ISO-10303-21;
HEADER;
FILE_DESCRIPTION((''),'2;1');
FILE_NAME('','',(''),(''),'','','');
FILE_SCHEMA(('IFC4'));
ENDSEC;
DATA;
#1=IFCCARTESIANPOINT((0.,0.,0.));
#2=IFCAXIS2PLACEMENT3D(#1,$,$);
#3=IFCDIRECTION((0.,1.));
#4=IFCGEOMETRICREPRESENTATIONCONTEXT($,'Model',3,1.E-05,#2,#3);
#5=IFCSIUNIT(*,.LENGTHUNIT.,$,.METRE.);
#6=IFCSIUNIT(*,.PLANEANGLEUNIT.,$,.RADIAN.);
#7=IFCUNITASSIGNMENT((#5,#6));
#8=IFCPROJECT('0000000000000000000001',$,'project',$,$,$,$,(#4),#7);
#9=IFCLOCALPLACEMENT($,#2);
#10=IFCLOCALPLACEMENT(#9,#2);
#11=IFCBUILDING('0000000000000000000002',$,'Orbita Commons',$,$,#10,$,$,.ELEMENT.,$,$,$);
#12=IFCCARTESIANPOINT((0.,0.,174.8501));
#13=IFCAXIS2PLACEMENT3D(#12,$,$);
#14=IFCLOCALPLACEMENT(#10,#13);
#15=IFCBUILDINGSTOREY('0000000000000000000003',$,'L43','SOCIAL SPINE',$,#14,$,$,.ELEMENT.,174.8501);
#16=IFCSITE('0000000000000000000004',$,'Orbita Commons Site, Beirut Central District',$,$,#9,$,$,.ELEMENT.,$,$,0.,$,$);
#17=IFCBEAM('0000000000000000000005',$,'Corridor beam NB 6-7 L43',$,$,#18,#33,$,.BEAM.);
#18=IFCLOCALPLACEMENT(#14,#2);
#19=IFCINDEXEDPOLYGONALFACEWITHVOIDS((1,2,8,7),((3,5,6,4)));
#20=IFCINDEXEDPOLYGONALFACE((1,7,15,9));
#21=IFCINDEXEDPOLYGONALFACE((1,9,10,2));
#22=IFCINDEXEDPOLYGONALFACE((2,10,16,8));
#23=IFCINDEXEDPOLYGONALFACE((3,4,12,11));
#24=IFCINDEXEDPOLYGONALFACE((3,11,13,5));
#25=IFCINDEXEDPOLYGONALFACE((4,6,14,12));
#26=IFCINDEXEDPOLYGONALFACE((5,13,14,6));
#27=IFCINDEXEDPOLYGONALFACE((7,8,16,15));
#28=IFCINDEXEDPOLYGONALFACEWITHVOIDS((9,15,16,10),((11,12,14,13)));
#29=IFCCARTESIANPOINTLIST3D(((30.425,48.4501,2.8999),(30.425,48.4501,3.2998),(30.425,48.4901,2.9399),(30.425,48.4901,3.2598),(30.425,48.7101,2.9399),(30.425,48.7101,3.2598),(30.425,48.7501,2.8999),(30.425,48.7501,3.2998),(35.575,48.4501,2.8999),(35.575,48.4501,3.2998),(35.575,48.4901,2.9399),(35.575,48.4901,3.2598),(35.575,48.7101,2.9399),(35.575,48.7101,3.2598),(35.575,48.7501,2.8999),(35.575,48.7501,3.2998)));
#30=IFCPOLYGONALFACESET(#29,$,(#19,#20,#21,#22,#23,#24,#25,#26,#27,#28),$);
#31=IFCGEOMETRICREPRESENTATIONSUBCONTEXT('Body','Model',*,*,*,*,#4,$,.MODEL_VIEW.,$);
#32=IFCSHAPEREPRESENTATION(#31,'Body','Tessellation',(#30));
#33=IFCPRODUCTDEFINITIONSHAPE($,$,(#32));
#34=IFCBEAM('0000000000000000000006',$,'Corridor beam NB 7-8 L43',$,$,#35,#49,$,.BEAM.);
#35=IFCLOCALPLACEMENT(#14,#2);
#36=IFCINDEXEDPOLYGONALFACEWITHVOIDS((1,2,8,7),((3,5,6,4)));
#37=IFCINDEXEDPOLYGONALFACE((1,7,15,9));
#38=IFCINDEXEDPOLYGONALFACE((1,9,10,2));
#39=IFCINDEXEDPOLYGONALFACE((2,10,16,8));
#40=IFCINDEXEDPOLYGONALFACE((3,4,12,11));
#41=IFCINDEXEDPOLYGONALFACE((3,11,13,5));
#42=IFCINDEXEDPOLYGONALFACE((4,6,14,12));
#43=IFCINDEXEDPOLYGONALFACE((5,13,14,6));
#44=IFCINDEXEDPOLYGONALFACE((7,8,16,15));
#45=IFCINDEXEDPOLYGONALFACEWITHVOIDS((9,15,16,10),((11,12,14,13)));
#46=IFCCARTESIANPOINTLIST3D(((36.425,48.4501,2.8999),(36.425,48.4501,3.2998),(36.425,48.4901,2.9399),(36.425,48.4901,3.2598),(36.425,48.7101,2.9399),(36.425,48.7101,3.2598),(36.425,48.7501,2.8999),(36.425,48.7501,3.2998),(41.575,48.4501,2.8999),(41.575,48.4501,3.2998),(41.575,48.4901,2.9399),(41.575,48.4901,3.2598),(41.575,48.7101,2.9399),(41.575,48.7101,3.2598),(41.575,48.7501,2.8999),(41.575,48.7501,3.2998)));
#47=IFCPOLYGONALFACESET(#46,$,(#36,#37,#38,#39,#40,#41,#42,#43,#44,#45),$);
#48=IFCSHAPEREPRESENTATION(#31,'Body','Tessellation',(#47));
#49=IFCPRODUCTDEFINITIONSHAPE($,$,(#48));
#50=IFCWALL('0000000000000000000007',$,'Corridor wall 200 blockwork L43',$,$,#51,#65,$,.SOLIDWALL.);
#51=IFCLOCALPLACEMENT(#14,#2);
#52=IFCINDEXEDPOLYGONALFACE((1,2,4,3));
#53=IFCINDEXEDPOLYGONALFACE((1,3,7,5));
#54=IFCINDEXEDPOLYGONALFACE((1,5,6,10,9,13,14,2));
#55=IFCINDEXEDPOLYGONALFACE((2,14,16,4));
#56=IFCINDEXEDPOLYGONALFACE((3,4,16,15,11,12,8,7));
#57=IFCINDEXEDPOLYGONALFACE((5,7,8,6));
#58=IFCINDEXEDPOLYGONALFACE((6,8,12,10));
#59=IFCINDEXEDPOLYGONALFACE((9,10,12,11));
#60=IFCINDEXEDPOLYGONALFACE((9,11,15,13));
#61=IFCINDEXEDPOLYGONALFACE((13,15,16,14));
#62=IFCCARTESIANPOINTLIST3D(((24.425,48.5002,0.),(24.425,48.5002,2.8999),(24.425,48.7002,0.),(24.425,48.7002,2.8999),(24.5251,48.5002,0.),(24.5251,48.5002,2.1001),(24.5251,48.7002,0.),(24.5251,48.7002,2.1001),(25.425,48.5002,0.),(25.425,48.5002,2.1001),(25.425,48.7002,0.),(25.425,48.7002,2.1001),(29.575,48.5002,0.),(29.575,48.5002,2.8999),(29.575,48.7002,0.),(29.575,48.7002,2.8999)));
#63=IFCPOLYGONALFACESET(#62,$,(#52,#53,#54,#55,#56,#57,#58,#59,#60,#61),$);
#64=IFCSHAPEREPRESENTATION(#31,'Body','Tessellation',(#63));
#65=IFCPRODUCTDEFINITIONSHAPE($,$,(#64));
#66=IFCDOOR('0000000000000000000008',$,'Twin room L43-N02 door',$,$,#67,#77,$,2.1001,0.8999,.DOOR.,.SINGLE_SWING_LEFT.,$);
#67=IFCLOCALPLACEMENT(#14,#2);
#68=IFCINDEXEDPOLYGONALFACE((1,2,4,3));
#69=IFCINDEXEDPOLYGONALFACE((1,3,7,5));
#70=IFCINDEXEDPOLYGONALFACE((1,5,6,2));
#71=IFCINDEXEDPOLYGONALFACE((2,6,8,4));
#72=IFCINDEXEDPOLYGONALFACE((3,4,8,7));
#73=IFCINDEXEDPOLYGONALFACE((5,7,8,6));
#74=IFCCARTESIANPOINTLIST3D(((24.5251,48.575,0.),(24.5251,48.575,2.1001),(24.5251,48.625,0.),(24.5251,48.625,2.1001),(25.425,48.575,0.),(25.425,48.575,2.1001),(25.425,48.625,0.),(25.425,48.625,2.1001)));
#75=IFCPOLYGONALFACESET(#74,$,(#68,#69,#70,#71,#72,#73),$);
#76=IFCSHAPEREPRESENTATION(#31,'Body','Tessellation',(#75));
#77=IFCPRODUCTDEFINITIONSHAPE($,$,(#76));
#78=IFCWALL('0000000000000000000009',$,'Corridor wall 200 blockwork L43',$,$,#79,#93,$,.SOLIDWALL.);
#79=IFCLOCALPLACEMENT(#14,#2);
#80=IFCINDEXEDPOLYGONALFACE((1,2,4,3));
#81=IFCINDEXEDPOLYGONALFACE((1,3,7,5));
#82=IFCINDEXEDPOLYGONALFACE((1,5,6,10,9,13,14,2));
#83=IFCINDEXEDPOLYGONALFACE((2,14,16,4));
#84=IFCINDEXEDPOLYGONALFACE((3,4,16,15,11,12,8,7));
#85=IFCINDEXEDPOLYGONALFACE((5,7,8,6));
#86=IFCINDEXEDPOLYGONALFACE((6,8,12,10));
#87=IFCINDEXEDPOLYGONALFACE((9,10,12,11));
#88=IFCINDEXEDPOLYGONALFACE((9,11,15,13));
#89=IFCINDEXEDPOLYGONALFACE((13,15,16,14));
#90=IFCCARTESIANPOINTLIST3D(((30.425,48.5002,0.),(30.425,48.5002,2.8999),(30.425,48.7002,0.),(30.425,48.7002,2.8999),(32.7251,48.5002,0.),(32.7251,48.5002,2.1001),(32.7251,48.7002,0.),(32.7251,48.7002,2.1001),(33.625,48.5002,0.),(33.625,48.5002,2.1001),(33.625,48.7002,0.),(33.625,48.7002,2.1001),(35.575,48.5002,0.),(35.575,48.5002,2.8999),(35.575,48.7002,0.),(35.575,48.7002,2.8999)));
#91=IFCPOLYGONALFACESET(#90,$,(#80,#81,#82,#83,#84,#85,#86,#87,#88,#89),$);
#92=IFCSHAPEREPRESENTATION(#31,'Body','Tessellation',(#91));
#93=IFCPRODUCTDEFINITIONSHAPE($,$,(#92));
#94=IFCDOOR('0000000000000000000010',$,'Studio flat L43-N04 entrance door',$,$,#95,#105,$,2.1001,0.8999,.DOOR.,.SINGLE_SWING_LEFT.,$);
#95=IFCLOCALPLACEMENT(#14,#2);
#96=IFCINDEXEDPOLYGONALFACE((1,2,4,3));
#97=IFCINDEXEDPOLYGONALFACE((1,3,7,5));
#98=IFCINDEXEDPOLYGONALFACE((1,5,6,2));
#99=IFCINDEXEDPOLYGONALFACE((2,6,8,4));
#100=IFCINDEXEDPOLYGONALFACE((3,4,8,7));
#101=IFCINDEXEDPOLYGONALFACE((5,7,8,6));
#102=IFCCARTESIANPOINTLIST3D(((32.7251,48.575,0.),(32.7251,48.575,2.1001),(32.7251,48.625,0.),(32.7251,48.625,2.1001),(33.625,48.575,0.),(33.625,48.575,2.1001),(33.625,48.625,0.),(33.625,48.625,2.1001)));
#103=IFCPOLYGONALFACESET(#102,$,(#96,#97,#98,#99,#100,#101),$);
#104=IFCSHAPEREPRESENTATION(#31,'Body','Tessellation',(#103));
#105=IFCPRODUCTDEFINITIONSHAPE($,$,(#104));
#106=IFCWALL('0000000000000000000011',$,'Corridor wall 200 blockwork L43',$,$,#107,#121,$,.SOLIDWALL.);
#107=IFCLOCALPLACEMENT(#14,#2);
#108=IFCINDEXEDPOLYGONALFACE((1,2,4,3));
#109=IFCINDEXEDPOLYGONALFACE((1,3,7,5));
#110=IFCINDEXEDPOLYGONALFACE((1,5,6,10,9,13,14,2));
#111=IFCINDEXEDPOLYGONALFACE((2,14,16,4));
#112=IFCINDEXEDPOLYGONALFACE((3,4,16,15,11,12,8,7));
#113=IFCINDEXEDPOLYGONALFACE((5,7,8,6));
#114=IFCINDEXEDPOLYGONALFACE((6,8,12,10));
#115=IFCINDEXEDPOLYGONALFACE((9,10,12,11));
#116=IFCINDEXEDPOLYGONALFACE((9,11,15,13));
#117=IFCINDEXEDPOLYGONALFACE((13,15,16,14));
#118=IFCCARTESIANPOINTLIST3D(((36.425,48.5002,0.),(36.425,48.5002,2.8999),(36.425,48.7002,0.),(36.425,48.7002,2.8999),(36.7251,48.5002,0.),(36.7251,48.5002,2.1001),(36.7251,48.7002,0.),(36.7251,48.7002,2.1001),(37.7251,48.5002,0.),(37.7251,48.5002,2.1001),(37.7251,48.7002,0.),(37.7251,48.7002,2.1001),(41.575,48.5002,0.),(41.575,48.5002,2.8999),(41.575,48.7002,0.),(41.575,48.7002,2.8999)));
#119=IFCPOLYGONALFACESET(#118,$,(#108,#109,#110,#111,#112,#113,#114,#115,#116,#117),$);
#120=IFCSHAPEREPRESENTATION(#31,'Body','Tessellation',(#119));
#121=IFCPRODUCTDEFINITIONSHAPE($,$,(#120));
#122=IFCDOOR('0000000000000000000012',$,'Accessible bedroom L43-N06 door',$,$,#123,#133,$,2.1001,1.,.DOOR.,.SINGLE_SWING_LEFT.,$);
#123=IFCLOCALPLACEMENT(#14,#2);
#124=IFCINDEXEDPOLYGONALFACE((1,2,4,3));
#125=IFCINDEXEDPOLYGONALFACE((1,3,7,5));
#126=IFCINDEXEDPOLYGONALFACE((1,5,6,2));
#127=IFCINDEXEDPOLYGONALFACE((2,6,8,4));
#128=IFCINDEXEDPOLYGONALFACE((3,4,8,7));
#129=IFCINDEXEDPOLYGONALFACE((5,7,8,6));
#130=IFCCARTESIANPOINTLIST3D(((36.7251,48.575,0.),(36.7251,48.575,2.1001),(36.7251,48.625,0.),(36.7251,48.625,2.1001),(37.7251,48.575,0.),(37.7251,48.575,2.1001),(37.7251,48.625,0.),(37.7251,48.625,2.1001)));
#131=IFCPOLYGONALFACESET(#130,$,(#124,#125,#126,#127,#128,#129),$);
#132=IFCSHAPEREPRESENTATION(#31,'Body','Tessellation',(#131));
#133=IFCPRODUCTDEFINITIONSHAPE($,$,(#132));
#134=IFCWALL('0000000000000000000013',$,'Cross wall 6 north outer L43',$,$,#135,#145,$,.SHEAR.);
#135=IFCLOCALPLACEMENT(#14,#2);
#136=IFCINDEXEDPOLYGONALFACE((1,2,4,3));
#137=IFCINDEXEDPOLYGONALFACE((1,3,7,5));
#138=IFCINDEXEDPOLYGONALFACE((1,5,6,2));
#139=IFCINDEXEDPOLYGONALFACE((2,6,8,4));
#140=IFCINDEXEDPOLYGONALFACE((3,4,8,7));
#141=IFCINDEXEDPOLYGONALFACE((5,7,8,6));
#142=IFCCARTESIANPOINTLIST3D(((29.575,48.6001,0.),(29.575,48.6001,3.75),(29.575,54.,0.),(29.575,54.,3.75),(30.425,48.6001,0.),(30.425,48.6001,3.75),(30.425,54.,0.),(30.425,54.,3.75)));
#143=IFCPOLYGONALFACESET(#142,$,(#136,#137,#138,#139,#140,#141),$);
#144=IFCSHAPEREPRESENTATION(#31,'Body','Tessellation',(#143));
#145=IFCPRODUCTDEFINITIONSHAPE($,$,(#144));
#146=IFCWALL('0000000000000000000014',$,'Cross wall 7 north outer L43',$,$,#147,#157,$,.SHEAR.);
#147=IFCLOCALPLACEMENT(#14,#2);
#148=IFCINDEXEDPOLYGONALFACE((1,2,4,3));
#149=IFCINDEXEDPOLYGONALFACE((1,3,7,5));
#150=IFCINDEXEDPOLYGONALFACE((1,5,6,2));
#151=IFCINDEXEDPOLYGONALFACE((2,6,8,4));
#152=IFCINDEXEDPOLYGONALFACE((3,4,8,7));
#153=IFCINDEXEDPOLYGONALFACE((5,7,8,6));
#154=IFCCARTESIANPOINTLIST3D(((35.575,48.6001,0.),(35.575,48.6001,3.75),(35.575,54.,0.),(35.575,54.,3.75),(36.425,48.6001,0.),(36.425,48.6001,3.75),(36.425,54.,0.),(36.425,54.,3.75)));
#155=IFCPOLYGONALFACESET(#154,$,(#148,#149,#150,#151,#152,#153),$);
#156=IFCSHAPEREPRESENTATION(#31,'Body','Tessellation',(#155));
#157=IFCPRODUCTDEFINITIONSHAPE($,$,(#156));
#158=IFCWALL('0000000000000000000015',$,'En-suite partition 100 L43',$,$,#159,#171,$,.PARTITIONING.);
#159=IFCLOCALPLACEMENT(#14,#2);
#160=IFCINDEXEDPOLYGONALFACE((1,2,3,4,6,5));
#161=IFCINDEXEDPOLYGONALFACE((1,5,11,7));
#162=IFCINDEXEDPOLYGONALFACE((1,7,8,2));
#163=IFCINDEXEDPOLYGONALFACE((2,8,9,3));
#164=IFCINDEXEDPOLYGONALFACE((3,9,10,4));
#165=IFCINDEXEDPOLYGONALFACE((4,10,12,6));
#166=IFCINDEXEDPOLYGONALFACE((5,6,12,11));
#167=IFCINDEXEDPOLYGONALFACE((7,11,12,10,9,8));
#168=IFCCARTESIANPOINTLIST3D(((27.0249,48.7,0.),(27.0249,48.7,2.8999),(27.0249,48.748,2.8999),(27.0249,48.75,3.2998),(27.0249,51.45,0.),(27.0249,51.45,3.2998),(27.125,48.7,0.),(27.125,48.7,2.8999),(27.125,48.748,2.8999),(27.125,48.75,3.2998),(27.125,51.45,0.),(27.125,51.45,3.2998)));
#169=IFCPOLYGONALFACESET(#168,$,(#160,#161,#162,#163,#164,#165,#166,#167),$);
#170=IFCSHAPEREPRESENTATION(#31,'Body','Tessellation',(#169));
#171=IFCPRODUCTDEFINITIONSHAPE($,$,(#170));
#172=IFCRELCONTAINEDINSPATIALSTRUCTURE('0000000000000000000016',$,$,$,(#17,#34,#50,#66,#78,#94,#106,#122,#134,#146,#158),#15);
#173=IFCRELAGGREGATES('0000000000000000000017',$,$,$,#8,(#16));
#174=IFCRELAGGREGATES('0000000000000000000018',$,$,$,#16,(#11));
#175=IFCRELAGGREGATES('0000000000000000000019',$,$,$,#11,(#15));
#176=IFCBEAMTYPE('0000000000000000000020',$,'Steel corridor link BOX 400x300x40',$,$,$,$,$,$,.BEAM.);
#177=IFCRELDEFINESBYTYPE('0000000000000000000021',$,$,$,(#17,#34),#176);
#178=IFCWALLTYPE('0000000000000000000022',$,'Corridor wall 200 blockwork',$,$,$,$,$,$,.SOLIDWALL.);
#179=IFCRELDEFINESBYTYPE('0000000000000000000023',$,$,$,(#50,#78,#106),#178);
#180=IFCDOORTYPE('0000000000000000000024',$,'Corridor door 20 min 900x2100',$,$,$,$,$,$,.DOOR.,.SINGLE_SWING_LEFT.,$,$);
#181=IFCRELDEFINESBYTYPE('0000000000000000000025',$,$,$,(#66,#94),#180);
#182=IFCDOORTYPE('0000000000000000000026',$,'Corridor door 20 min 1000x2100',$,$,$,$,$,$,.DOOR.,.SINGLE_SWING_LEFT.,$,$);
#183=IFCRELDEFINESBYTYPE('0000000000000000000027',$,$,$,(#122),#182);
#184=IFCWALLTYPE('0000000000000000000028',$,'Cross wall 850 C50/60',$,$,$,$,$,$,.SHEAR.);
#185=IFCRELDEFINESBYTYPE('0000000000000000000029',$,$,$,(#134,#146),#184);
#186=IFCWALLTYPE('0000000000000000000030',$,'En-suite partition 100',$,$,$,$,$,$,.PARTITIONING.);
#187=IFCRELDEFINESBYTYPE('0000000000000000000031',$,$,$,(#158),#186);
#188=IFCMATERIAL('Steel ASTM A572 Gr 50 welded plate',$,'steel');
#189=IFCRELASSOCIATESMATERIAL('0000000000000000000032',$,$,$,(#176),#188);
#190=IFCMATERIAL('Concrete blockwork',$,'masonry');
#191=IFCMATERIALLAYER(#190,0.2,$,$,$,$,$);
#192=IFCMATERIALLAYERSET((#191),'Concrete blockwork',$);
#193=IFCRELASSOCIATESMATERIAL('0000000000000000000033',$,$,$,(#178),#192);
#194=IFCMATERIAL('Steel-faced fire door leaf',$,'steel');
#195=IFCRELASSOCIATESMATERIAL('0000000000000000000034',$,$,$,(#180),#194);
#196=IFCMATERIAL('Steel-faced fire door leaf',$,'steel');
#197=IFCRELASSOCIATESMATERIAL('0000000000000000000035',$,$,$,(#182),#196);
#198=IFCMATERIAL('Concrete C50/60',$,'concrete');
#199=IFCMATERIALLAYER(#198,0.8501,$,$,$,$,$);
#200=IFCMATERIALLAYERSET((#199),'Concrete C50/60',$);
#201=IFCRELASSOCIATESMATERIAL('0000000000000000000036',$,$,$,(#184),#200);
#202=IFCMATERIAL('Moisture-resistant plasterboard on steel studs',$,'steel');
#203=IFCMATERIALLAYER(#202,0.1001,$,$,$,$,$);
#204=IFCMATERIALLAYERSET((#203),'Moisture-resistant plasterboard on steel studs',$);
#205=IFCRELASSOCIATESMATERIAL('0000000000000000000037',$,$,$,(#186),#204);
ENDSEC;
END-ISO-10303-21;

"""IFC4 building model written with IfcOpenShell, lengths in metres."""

from ifc_helpers import new_model, si_unit, direction, frame, frame_2d, origin, origin_2d, place, context, subcontext, project, spatial, polyline, rectangle, hollow_rectangle, outline, extrude, material, layer, layer_set, material_profile, profile_set, type_object, element, fill, save


model = new_model("IFC4")

# Units and contexts
model_context = context("Model", 3, precision=1e-05, world=origin(), true_north=direction((0.0, 1.0)))
body_context = subcontext(model_context, "Body", "Model", "MODEL_VIEW")
ifc_project = project(units=[si_unit("LENGTHUNIT", "METRE"), si_unit("PLANEANGLEUNIT", "RADIAN")], contexts=[model_context])

# Site, building, storey
site_placement = place(None, origin())
site = spatial("IfcSite", under=ifc_project, at=site_placement, Name="Orbita Commons Site, Beirut Central District", CompositionType="ELEMENT", RefElevation=0.0)
building_placement = place(site_placement, origin())
building = spatial("IfcBuilding", under=site, at=building_placement, Name="Orbita Commons", CompositionType="ELEMENT")
storey_placement = place(building_placement, frame((0.0, 0.0, 174.8501)))
storey = spatial("IfcBuildingStorey", under=building, at=storey_placement, Name="L43", Description="SOCIAL SPINE", CompositionType="ELEMENT", Elevation=174.8501)

# Beams
ifc_material_1 = material(Name="Steel ASTM A572 Gr 50 welded plate", Category="steel")
ifc_material_profile = material_profile(ifc_material_1, hollow_rectangle(XDim=0.3, YDim=0.3999, WallThickness=0.04, at=origin_2d()), Name="BOX 400x300x40")
ifc_profile_set = profile_set([ifc_material_profile], Name="Steel ASTM A572 Gr 50 welded plate")
beam_type = type_object("IfcBeamType", Name="Steel corridor link BOX 400x300x40", PredefinedType="BEAM", material=ifc_profile_set)
for number, where, z_axis, x_axis, name in (
    (1, (30.425, 48.6001, 3.0999), (1.0, 0.0, 0.0), (0.0, 1.0, 0.0), "Corridor beam NB 6-7 L43"),
    (2, (36.425, 48.6001, 3.0999), (1.0, 0.0, 0.0), (0.0, 1.0, 0.0), "Corridor beam NB 7-8 L43"),
):
    element("IfcBeam", number, at=place(storey_placement, frame(where, z_axis=z_axis, x_axis=x_axis)), inside=storey, type_object=beam_type, Name=name, PredefinedType="BEAM", context=body_context, shape_type="SweptSolid", body=[
        extrude(hollow_rectangle(XDim=0.3, YDim=0.3999, WallThickness=0.04, at=origin_2d()), origin(), (0.0, 0.0, 1.0), 5.1499),
    ])

# Walls, openings, doors
ifc_material_2 = material(Name="Concrete blockwork", Category="masonry")
ifc_layer_1 = layer(ifc_material_2, 0.2)
ifc_layer_set_1 = layer_set([ifc_layer_1], Name="Concrete blockwork")
wall_type_1 = type_object("IfcWallType", Name="Corridor wall 200 blockwork", PredefinedType="SOLIDWALL", material=ifc_layer_set_1)
wall_1_placement = place(storey_placement, frame((24.425, 48.6001, 0.0), z_axis=(0.0, 0.0, 1.0), x_axis=(1.0, 0.0, 0.0)))
wall_1 = element("IfcWall", 3, at=wall_1_placement, inside=storey, type_object=wall_type_1, Name="Corridor wall 200 blockwork L43", PredefinedType="SOLIDWALL", context=body_context, shape_type="SweptSolid", body=[
    extrude(outline(polyline([(0.0, 0.0), (5.1499, 0.0), (5.1499, 2.8999), (0.0, 2.8999), (0.0, 0.0)])), frame((0.0, 0.1001, 0.0), z_axis=(0.0, -1.0, 0.0), x_axis=(1.0, 0.0, 0.0)), (0.0, 0.0, 1.0), 0.2),
])
opening_1_placement = place(wall_1_placement, frame((0.1001, 0.0, 0.0)))
opening_1 = element("IfcOpeningElement", 4, at=opening_1_placement, cuts=wall_1, PredefinedType="OPENING", context=body_context, shape_type="SweptSolid", body=[
    extrude(rectangle(XDim=0.8999, YDim=2.1001, at=frame_2d((0.45, 1.05))), frame((0.0, 0.1099, 0.0), z_axis=(0.0, -1.0, 0.0), x_axis=(1.0, 0.0, 0.0)), (0.0, 0.0, 1.0), 0.22),
])
ifc_material_3 = material(Name="Steel-faced fire door leaf", Category="steel")
door_type_1 = type_object("IfcDoorType", Name="Corridor door 20 min 900x2100", OperationType="SINGLE_SWING_LEFT", PredefinedType="DOOR", material=ifc_material_3)
door_1_placement = place(opening_1_placement, origin())
door_1 = element("IfcDoor", 5, at=door_1_placement, inside=storey, type_object=door_type_1, Name="Twin room L43-N02 door", OperationType="SINGLE_SWING_LEFT", OverallHeight=2.1001, OverallWidth=0.8999, PredefinedType="DOOR", context=body_context, shape_type="SweptSolid", body=[
    extrude(rectangle(XDim=0.8999, YDim=2.1001, at=frame_2d((0.45, 1.05))), frame((0.0, 0.0249, 0.0), z_axis=(0.0, -1.0, 0.0), x_axis=(1.0, 0.0, 0.0)), (0.0, 0.0, 1.0), 0.05),
])
fill(opening_1, door_1)
wall_2_placement = place(storey_placement, frame((30.425, 48.6001, 0.0), z_axis=(0.0, 0.0, 1.0), x_axis=(1.0, 0.0, 0.0)))
wall_2 = element("IfcWall", 6, at=wall_2_placement, inside=storey, type_object=wall_type_1, Name="Corridor wall 200 blockwork L43", PredefinedType="SOLIDWALL", context=body_context, shape_type="SweptSolid", body=[
    extrude(outline(polyline([(0.0, 0.0), (5.1499, 0.0), (5.1499, 2.8999), (0.0, 2.8999), (0.0, 0.0)])), frame((0.0, 0.1001, 0.0), z_axis=(0.0, -1.0, 0.0), x_axis=(1.0, 0.0, 0.0)), (0.0, 0.0, 1.0), 0.2),
])
opening_2_placement = place(wall_2_placement, frame((2.3, 0.0, 0.0)))
opening_2 = element("IfcOpeningElement", 7, at=opening_2_placement, cuts=wall_2, PredefinedType="OPENING", context=body_context, shape_type="SweptSolid", body=[
    extrude(rectangle(XDim=0.8999, YDim=2.1001, at=frame_2d((0.45, 1.05))), frame((0.0, 0.1099, 0.0), z_axis=(0.0, -1.0, 0.0), x_axis=(1.0, 0.0, 0.0)), (0.0, 0.0, 1.0), 0.22),
])
door_2_placement = place(opening_2_placement, origin())
door_2 = element("IfcDoor", 8, at=door_2_placement, inside=storey, type_object=door_type_1, Name="Studio flat L43-N04 entrance door", OperationType="SINGLE_SWING_LEFT", OverallHeight=2.1001, OverallWidth=0.8999, PredefinedType="DOOR", context=body_context, shape_type="SweptSolid", body=[
    extrude(rectangle(XDim=0.8999, YDim=2.1001, at=frame_2d((0.45, 1.05))), frame((0.0, 0.0249, 0.0), z_axis=(0.0, -1.0, 0.0), x_axis=(1.0, 0.0, 0.0)), (0.0, 0.0, 1.0), 0.05),
])
fill(opening_2, door_2)
wall_3_placement = place(storey_placement, frame((36.425, 48.6001, 0.0), z_axis=(0.0, 0.0, 1.0), x_axis=(1.0, 0.0, 0.0)))
wall_3 = element("IfcWall", 9, at=wall_3_placement, inside=storey, type_object=wall_type_1, Name="Corridor wall 200 blockwork L43", PredefinedType="SOLIDWALL", context=body_context, shape_type="SweptSolid", body=[
    extrude(outline(polyline([(0.0, 0.0), (5.1499, 0.0), (5.1499, 2.8999), (0.0, 2.8999), (0.0, 0.0)])), frame((0.0, 0.1001, 0.0), z_axis=(0.0, -1.0, 0.0), x_axis=(1.0, 0.0, 0.0)), (0.0, 0.0, 1.0), 0.2),
])
opening_3_placement = place(wall_3_placement, frame((0.3, 0.0, 0.0)))
opening_3 = element("IfcOpeningElement", 10, at=opening_3_placement, cuts=wall_3, PredefinedType="OPENING", context=body_context, shape_type="SweptSolid", body=[
    extrude(rectangle(XDim=1.0, YDim=2.1001, at=frame_2d((0.5, 1.05))), frame((0.0, 0.1099, 0.0), z_axis=(0.0, -1.0, 0.0), x_axis=(1.0, 0.0, 0.0)), (0.0, 0.0, 1.0), 0.22),
])
ifc_material_4 = material(Name="Steel-faced fire door leaf", Category="steel")
door_type_2 = type_object("IfcDoorType", Name="Corridor door 20 min 1000x2100", OperationType="SINGLE_SWING_LEFT", PredefinedType="DOOR", material=ifc_material_4)
door_3_placement = place(opening_3_placement, origin())
door_3 = element("IfcDoor", 11, at=door_3_placement, inside=storey, type_object=door_type_2, Name="Accessible bedroom L43-N06 door", OperationType="SINGLE_SWING_LEFT", OverallHeight=2.1001, OverallWidth=1.0, PredefinedType="DOOR", context=body_context, shape_type="SweptSolid", body=[
    extrude(rectangle(XDim=1.0, YDim=2.1001, at=frame_2d((0.5, 1.05))), frame((0.0, 0.0249, 0.0), z_axis=(0.0, -1.0, 0.0), x_axis=(1.0, 0.0, 0.0)), (0.0, 0.0, 1.0), 0.05),
])
fill(opening_3, door_3)

# Walls
ifc_material_5 = material(Name="Concrete C50/60", Category="concrete")
ifc_layer_2 = layer(ifc_material_5, 0.8501)
ifc_layer_set_2 = layer_set([ifc_layer_2], Name="Concrete C50/60")
wall_type_2 = type_object("IfcWallType", Name="Cross wall 850 C50/60", PredefinedType="SHEAR", material=ifc_layer_set_2)
for number, where, z_axis, x_axis, name in (
    (12, (30.0, 48.6001, 0.0), (0.0, 0.0, 1.0), (0.0, 1.0, 0.0), "Cross wall 6 north outer L43"),
    (13, (36.0, 48.6001, 0.0), (0.0, 0.0, 1.0), (0.0, 1.0, 0.0), "Cross wall 7 north outer L43"),
):
    element("IfcWall", number, at=place(storey_placement, frame(where, z_axis=z_axis, x_axis=x_axis)), inside=storey, type_object=wall_type_2, Name=name, PredefinedType="SHEAR", context=body_context, shape_type="SweptSolid", body=[
        extrude(rectangle(XDim=5.3999, YDim=0.8501, at=frame_2d((2.7, 0.0))), origin(), (0.0, 0.0, 1.0), 3.75),
    ])
ifc_material_6 = material(Name="Moisture-resistant plasterboard on steel studs", Category="steel")
ifc_layer_3 = layer(ifc_material_6, 0.1001)
ifc_layer_set_3 = layer_set([ifc_layer_3], Name="Moisture-resistant plasterboard on steel studs")
wall_type_3 = type_object("IfcWallType", Name="En-suite partition 100", PredefinedType="PARTITIONING", material=ifc_layer_set_3)
wall_4_placement = place(storey_placement, frame((27.075, 51.45, 0.0), z_axis=(0.0, 0.0, 1.0), x_axis=(0.0, -1.0, 0.0)))
element("IfcWall", 14, at=wall_4_placement, inside=storey, type_object=wall_type_3, Name="En-suite partition 100 L43", PredefinedType="PARTITIONING", context=body_context, shape_type="SweptSolid", body=[
    extrude(outline(polyline([(0.0, 0.0), (2.75, 0.0), (2.75, 2.8999), (2.7019, 2.8999), (2.7, 3.2998), (0.0, 3.2998), (0.0, 0.0)])), frame((0.0, 0.05, 0.0), z_axis=(0.0, -1.0, 0.0), x_axis=(1.0, 0.0, 0.0)), (0.0, 0.0, 1.0), 0.1001),
])

save(model, "model.ifc")
